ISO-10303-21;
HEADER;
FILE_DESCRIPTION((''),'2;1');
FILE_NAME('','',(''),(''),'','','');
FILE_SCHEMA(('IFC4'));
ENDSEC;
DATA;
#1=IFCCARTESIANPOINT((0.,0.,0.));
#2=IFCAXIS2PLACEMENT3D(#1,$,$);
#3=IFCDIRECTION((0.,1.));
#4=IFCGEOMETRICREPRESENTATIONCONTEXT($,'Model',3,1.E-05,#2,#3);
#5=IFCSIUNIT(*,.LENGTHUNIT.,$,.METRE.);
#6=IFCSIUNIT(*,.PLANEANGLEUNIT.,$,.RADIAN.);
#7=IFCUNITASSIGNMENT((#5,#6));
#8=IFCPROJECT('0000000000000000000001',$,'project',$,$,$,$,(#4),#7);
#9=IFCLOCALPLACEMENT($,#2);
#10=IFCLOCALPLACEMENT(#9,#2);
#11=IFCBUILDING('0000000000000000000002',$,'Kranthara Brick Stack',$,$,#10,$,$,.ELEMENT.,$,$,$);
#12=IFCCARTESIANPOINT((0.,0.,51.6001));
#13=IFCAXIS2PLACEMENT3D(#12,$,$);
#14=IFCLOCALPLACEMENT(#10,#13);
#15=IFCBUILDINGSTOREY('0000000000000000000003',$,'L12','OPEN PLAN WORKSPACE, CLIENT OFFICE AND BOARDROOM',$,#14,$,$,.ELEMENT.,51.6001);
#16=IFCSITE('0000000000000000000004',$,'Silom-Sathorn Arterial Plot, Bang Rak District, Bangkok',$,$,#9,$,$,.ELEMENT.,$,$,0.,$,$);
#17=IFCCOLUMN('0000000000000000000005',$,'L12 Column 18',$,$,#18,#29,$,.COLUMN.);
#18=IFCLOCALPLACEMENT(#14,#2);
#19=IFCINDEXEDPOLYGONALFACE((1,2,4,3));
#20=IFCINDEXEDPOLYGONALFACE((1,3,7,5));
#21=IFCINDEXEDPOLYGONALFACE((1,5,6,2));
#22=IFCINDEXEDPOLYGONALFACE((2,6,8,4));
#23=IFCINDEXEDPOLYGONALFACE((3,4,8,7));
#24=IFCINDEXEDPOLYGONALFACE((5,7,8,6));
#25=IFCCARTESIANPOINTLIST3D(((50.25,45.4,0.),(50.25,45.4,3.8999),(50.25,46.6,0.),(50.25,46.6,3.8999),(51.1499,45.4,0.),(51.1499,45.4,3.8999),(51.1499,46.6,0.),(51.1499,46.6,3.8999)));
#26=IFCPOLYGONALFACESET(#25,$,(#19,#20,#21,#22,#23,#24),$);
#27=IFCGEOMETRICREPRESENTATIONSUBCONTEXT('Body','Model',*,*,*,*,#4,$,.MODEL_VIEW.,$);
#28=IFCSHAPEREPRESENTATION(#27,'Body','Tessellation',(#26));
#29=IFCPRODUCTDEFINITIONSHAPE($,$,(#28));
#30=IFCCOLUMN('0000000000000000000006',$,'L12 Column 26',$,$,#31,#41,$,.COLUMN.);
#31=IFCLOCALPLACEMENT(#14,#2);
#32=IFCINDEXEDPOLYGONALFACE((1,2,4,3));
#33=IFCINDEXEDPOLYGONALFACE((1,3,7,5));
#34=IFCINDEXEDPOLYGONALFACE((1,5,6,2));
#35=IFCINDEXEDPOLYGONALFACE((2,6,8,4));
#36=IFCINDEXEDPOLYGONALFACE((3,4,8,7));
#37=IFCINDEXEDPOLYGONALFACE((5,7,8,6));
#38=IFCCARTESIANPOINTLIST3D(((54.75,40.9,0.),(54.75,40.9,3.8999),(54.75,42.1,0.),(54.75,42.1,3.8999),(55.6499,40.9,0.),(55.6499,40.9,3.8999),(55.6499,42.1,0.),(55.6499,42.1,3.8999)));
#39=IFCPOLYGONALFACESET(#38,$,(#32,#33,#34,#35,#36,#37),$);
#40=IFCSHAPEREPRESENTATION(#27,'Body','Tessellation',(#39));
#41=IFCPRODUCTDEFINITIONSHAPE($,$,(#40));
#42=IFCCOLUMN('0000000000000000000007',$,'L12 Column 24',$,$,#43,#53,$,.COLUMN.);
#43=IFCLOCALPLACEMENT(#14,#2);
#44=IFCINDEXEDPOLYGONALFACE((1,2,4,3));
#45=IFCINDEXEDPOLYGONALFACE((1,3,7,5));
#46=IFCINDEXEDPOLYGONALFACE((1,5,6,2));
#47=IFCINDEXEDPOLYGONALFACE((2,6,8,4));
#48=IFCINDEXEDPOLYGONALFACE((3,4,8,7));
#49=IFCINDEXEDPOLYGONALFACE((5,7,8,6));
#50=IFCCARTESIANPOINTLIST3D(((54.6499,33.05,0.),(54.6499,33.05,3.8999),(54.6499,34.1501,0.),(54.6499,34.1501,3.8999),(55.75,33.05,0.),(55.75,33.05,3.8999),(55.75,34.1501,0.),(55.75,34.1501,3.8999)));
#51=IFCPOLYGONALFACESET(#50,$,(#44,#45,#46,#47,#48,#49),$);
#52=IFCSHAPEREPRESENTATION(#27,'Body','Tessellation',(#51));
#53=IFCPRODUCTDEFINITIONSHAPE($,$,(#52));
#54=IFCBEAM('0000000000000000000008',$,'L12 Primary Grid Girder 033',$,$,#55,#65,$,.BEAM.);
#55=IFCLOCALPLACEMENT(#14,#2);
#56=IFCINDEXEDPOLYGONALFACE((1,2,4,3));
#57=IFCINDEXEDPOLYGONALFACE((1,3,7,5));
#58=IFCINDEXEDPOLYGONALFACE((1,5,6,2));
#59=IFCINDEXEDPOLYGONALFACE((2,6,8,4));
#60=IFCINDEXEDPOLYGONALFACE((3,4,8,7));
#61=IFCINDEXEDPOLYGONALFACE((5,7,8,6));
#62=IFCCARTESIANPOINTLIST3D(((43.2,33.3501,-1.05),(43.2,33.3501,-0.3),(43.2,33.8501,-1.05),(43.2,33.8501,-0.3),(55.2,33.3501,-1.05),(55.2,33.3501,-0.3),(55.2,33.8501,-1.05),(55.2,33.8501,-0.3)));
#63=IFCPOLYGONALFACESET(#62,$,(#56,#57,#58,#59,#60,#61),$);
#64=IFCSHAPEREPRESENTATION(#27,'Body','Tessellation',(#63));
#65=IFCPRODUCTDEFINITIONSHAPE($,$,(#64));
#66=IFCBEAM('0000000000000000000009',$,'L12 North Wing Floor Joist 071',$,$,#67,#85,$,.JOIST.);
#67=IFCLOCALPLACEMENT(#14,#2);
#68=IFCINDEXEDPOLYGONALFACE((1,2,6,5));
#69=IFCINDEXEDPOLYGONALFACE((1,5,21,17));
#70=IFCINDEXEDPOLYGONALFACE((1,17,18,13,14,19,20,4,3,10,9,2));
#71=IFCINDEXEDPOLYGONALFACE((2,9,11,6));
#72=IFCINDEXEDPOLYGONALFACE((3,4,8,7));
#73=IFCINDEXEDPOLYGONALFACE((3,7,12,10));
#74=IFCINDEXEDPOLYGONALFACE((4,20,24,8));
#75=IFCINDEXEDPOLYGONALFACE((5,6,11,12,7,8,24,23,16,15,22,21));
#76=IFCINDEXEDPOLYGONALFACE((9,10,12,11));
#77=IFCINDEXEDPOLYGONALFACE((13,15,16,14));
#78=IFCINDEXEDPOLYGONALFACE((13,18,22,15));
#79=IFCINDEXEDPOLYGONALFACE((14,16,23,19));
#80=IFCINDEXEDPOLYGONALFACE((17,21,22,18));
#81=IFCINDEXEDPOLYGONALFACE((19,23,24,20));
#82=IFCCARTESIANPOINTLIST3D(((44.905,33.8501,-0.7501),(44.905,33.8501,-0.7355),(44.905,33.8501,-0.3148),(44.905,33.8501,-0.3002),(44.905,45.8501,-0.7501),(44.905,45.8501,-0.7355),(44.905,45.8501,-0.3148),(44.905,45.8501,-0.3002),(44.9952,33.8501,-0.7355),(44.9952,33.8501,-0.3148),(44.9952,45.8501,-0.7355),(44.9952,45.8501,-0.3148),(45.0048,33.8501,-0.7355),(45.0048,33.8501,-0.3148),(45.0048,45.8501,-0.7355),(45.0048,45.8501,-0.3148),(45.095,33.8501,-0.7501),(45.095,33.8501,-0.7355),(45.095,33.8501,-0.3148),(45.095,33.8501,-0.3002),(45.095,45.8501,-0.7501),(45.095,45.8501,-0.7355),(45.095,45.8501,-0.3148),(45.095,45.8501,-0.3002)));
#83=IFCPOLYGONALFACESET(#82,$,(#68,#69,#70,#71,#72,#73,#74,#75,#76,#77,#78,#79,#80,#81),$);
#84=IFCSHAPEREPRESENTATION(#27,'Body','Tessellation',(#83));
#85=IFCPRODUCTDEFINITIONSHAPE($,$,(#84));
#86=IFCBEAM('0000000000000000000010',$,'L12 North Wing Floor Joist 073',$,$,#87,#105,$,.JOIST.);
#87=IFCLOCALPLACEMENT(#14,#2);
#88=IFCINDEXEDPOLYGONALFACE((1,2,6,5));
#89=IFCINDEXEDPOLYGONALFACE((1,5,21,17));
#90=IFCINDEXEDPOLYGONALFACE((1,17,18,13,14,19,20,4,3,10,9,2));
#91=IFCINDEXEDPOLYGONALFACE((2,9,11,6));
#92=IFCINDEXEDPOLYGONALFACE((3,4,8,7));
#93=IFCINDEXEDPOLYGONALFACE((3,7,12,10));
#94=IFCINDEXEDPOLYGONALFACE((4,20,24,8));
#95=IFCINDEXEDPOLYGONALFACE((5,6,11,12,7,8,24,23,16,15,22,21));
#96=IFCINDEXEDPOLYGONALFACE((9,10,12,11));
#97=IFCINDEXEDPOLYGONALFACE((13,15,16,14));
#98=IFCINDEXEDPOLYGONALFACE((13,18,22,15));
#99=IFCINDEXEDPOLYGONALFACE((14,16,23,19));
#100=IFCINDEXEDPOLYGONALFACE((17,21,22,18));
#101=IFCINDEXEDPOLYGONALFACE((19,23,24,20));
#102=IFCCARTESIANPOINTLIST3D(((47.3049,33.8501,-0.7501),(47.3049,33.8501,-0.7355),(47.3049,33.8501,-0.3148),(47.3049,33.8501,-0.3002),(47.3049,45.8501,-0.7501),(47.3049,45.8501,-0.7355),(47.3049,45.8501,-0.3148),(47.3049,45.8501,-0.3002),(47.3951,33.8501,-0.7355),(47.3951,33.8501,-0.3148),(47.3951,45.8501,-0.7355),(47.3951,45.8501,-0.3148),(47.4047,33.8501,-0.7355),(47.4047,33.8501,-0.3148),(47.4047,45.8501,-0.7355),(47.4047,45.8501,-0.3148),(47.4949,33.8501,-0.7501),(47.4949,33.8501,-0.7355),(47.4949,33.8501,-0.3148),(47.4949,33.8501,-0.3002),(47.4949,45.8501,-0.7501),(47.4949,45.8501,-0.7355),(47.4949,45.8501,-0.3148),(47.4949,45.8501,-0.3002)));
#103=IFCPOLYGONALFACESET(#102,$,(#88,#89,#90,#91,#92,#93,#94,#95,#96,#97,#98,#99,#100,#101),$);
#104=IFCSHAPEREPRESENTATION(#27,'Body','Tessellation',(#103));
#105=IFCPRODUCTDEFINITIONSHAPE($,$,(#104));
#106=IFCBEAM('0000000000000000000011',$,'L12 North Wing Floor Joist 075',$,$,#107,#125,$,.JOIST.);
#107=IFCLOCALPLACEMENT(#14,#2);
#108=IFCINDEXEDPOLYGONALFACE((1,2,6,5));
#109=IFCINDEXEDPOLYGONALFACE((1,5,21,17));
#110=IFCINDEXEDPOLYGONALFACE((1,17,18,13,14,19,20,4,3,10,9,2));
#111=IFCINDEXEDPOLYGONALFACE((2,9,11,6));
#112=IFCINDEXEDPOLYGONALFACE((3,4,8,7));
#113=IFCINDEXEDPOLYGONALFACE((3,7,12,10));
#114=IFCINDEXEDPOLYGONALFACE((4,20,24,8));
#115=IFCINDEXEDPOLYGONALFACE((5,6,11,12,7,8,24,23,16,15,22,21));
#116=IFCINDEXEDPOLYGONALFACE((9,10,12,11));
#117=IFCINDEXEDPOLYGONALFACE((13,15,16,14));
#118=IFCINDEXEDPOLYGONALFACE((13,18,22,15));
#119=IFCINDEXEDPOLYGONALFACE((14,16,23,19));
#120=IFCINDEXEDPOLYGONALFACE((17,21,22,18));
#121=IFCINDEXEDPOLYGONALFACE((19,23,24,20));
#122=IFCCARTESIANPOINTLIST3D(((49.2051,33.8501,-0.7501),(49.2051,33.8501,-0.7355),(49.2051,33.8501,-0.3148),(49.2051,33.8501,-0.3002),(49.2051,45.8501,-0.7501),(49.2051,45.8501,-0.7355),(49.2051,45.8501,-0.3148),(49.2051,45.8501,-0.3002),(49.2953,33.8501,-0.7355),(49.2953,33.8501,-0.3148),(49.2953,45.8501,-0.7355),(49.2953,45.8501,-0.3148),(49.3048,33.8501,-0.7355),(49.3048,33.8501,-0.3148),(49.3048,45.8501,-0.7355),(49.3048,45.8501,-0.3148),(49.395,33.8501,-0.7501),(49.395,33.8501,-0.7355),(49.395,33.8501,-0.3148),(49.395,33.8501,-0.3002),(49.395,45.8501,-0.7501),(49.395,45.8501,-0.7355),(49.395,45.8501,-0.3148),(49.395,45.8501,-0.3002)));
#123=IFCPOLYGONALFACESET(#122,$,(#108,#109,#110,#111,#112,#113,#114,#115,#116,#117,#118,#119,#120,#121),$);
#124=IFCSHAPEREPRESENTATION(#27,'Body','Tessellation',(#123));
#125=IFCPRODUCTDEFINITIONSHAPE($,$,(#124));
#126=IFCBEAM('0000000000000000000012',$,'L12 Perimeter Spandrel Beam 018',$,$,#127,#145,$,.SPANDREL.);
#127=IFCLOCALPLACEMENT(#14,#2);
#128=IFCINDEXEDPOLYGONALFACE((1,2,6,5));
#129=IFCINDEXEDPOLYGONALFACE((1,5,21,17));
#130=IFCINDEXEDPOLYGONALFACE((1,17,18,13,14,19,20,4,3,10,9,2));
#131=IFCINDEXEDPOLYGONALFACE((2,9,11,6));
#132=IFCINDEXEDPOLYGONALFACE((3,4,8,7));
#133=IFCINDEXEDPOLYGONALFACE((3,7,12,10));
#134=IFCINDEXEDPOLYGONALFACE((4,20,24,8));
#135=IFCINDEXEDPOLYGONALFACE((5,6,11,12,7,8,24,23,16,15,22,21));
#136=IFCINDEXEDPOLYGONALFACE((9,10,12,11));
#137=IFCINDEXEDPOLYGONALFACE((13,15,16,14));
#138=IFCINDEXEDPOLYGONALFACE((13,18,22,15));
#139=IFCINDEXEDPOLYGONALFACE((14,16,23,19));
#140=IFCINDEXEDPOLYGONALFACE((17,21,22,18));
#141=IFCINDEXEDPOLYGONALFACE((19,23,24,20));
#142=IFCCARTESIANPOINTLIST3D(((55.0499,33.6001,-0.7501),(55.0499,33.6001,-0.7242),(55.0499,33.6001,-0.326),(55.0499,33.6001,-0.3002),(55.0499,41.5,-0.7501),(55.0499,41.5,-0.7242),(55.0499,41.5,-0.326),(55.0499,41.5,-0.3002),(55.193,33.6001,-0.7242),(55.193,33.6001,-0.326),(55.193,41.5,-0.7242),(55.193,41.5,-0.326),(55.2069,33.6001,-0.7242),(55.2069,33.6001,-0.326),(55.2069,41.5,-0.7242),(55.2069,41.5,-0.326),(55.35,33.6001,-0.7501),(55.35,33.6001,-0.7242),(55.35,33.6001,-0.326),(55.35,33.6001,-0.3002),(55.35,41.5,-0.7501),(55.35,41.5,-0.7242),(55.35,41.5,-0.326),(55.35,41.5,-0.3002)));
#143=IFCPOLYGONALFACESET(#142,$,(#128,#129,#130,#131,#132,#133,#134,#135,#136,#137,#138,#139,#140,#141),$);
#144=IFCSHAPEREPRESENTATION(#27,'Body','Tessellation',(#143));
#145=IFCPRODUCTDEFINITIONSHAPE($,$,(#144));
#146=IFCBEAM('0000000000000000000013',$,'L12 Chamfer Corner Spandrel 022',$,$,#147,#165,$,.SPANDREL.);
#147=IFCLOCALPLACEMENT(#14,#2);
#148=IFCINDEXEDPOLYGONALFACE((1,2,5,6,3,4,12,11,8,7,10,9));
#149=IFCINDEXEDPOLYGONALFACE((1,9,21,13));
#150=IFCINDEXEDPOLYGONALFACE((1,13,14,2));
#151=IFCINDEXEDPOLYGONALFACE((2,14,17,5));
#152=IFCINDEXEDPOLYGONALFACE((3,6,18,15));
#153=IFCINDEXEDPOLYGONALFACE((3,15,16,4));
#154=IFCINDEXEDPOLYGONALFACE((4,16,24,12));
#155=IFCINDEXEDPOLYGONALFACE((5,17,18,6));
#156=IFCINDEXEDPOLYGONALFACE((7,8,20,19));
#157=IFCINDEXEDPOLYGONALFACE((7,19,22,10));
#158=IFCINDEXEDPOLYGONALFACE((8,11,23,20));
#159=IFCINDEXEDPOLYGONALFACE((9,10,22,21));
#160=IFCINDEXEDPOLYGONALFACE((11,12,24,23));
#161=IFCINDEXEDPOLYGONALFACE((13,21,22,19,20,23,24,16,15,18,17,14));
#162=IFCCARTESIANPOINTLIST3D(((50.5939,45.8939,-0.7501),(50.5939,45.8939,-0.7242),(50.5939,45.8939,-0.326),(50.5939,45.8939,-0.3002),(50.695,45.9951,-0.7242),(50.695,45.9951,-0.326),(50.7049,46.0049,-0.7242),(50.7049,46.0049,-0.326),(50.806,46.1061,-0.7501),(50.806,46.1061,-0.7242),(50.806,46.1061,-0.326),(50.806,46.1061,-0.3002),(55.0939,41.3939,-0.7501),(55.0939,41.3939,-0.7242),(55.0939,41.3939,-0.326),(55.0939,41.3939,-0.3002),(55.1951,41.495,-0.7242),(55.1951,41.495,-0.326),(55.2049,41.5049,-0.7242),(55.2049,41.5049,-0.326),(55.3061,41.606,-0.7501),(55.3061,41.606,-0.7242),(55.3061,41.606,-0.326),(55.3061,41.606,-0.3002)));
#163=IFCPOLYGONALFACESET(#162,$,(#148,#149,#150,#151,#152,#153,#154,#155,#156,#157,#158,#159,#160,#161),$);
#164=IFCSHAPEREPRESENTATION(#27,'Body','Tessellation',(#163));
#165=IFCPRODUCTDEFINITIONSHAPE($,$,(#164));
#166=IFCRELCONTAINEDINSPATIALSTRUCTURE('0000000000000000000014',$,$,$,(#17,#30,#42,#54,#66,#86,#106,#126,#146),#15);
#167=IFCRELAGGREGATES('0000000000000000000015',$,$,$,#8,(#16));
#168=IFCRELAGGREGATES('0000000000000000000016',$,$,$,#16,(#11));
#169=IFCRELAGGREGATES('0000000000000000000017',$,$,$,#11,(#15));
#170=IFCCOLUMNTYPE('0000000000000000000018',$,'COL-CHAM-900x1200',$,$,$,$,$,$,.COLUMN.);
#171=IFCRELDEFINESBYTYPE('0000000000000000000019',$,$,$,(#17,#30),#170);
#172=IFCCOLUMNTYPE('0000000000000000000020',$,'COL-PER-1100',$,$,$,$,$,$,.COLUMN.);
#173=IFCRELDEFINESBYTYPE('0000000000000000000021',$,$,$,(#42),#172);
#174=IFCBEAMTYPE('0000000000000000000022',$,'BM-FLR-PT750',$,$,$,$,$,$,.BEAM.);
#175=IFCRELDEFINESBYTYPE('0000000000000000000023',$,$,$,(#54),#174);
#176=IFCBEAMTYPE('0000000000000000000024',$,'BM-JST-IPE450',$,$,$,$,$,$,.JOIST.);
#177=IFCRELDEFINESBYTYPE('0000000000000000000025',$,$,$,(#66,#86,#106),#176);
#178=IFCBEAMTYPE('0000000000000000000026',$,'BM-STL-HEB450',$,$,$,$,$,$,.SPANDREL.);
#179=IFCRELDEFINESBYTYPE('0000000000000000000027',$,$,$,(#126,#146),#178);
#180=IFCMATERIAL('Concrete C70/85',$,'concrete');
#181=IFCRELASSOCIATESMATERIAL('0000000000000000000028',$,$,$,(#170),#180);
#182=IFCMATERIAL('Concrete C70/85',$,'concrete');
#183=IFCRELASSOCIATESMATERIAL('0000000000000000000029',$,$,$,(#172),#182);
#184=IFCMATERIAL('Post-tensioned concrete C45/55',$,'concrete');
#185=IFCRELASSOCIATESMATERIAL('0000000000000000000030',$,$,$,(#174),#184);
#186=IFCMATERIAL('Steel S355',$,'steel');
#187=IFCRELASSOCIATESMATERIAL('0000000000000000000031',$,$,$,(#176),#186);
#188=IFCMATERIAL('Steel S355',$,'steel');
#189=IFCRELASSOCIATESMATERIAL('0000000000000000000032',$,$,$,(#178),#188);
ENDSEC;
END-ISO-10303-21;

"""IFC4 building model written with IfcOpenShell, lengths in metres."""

from ifc_helpers import new_model, si_unit, direction, frame, origin, origin_2d, place, context, subcontext, project, spatial, rectangle, i_section, extrude, material, material_profile, profile_set, type_object, element, save


model = new_model("IFC4")

# Units and contexts
model_context = context("Model", 3, precision=1e-05, world=origin(), true_north=direction((0.0, 1.0)))
body_context = subcontext(model_context, "Body", "Model", "MODEL_VIEW")
ifc_project = project(units=[si_unit("LENGTHUNIT", "METRE"), si_unit("PLANEANGLEUNIT", "RADIAN")], contexts=[model_context])

# Site, building, storey
site_placement = place(None, origin())
site = spatial("IfcSite", under=ifc_project, at=site_placement, Name="Silom-Sathorn Arterial Plot, Bang Rak District, Bangkok", CompositionType="ELEMENT", RefElevation=0.0)
building_placement = place(site_placement, origin())
building = spatial("IfcBuilding", under=site, at=building_placement, Name="Kranthara Brick Stack", CompositionType="ELEMENT")
storey_placement = place(building_placement, frame((0.0, 0.0, 51.6001)))
storey = spatial("IfcBuildingStorey", under=building, at=storey_placement, Name="L12", Description="OPEN PLAN WORKSPACE, CLIENT OFFICE AND BOARDROOM", CompositionType="ELEMENT", Elevation=51.6001)

# Columns
ifc_material_1 = material(Name="Concrete C70/85", Category="concrete")
ifc_material_profile_1 = material_profile(ifc_material_1, rectangle(XDim=0.8999, YDim=1.2, at=origin_2d()), Name="RC 900x1200")
ifc_profile_set_1 = profile_set([ifc_material_profile_1], Name="Concrete C70/85")
column_type_1 = type_object("IfcColumnType", Name="COL-CHAM-900x1200", PredefinedType="COLUMN", material=ifc_profile_set_1)
for number, where, z_axis, x_axis, name in (
    (1, (50.7, 46.0, 0.0), (0.0, 0.0, 1.0), (1.0, 0.0, 0.0), "L12 Column 18"),
    (2, (55.2, 41.5, 0.0), (0.0, 0.0, 1.0), (1.0, 0.0, 0.0), "L12 Column 26"),
):
    element("IfcColumn", number, at=place(storey_placement, frame(where, z_axis=z_axis, x_axis=x_axis)), inside=storey, type_object=column_type_1, Name=name, PredefinedType="COLUMN", context=body_context, shape_type="SweptSolid", body=[
        extrude(rectangle(XDim=0.8999, YDim=1.2, at=origin_2d()), origin(), (0.0, 0.0, 1.0), 3.8999),
    ])
ifc_material_2 = material(Name="Concrete C70/85", Category="concrete")
ifc_material_profile_2 = material_profile(ifc_material_2, rectangle(XDim=1.1001, YDim=1.1001, at=origin_2d()), Name="RC 1100x1100")
ifc_profile_set_2 = profile_set([ifc_material_profile_2], Name="Concrete C70/85")
column_type_2 = type_object("IfcColumnType", Name="COL-PER-1100", PredefinedType="COLUMN", material=ifc_profile_set_2)
column_placement = place(storey_placement, frame((55.2, 33.6001, 0.0), z_axis=(0.0, 0.0, 1.0), x_axis=(1.0, 0.0, 0.0)))
element("IfcColumn", 3, at=column_placement, inside=storey, type_object=column_type_2, Name="L12 Column 24", PredefinedType="COLUMN", context=body_context, shape_type="SweptSolid", body=[
    extrude(rectangle(XDim=1.1001, YDim=1.1001, at=origin_2d()), origin(), (0.0, 0.0, 1.0), 3.8999),
])

# Beams
ifc_material_3 = material(Name="Post-tensioned concrete C45/55", Category="concrete")
ifc_material_profile_3 = material_profile(ifc_material_3, rectangle(XDim=0.5, YDim=0.75, at=origin_2d()), Name="PT 500x750")
ifc_profile_set_3 = profile_set([ifc_material_profile_3], Name="Post-tensioned concrete C45/55")
beam_type_1 = type_object("IfcBeamType", Name="BM-FLR-PT750", PredefinedType="BEAM", material=ifc_profile_set_3)
beam_1_placement = place(storey_placement, frame((43.2, 33.6001, -0.675), z_axis=(1.0, 0.0, 0.0), x_axis=(0.0, 1.0, 0.0)))
element("IfcBeam", 4, at=beam_1_placement, inside=storey, type_object=beam_type_1, Name="L12 Primary Grid Girder 033", PredefinedType="BEAM", context=body_context, shape_type="SweptSolid", body=[
    extrude(rectangle(XDim=0.5, YDim=0.75, at=origin_2d()), origin(), (0.0, 0.0, 1.0), 12.0),
])
ifc_material_4 = material(Name="Steel S355", Category="steel")
ifc_material_profile_4 = material_profile(ifc_material_4, i_section(OverallWidth=0.1899, OverallDepth=0.45, WebThickness=0.0095, FlangeThickness=0.0146, at=origin_2d()), Name="IPE 450")
ifc_profile_set_4 = profile_set([ifc_material_profile_4], Name="Steel S355")
beam_type_2 = type_object("IfcBeamType", Name="BM-JST-IPE450", PredefinedType="JOIST", material=ifc_profile_set_4)
for number, where, z_axis, x_axis, name in (
    (5, (45.0, 33.8501, -0.5251), (0.0, 1.0, 0.0), (-1.0, 0.0, 0.0), "L12 North Wing Floor Joist 071"),
    (6, (47.3999, 33.8501, -0.5251), (0.0, 1.0, 0.0), (-1.0, 0.0, 0.0), "L12 North Wing Floor Joist 073"),
    (7, (49.3, 33.8501, -0.5251), (0.0, 1.0, 0.0), (-1.0, 0.0, 0.0), "L12 North Wing Floor Joist 075"),
):
    element("IfcBeam", number, at=place(storey_placement, frame(where, z_axis=z_axis, x_axis=x_axis)), inside=storey, type_object=beam_type_2, Name=name, PredefinedType="JOIST", context=body_context, shape_type="SweptSolid", body=[
        extrude(i_section(OverallWidth=0.1899, OverallDepth=0.45, WebThickness=0.0095, FlangeThickness=0.0146, at=origin_2d()), origin(), (0.0, 0.0, 1.0), 12.0),
    ])
ifc_material_5 = material(Name="Steel S355", Category="steel")
ifc_material_profile_5 = material_profile(ifc_material_5, i_section(OverallWidth=0.3, OverallDepth=0.45, WebThickness=0.0139, FlangeThickness=0.0259, at=origin_2d()), Name="HEB 450")
ifc_profile_set_5 = profile_set([ifc_material_profile_5], Name="Steel S355")
beam_type_3 = type_object("IfcBeamType", Name="BM-STL-HEB450", PredefinedType="SPANDREL", material=ifc_profile_set_5)
beam_2_placement = place(storey_placement, frame((55.2, 33.6001, -0.5251), z_axis=(0.0, 1.0, 0.0), x_axis=(-1.0, 0.0, 0.0)))
element("IfcBeam", 8, at=beam_2_placement, inside=storey, type_object=beam_type_3, Name="L12 Perimeter Spandrel Beam 018", PredefinedType="SPANDREL", context=body_context, shape_type="SweptSolid", body=[
    extrude(i_section(OverallWidth=0.3, OverallDepth=0.45, WebThickness=0.0139, FlangeThickness=0.0259, at=origin_2d()), origin(), (0.0, 0.0, 1.0), 7.8999),
])
beam_3_placement = place(storey_placement, frame((50.7, 46.0, -0.5251), z_axis=(0.707107, -0.707107, 0.0), x_axis=(0.707107, 0.707107, 0.0)))
element("IfcBeam", 9, at=beam_3_placement, inside=storey, type_object=beam_type_3, Name="L12 Chamfer Corner Spandrel 022", PredefinedType="SPANDREL", context=body_context, shape_type="SweptSolid", body=[
    extrude(i_section(OverallWidth=0.3, OverallDepth=0.45, WebThickness=0.0139, FlangeThickness=0.0259, at=origin_2d()), origin(), (0.0, 0.0, 1.0), 6.364),
])

save(model, "model.ifc")
